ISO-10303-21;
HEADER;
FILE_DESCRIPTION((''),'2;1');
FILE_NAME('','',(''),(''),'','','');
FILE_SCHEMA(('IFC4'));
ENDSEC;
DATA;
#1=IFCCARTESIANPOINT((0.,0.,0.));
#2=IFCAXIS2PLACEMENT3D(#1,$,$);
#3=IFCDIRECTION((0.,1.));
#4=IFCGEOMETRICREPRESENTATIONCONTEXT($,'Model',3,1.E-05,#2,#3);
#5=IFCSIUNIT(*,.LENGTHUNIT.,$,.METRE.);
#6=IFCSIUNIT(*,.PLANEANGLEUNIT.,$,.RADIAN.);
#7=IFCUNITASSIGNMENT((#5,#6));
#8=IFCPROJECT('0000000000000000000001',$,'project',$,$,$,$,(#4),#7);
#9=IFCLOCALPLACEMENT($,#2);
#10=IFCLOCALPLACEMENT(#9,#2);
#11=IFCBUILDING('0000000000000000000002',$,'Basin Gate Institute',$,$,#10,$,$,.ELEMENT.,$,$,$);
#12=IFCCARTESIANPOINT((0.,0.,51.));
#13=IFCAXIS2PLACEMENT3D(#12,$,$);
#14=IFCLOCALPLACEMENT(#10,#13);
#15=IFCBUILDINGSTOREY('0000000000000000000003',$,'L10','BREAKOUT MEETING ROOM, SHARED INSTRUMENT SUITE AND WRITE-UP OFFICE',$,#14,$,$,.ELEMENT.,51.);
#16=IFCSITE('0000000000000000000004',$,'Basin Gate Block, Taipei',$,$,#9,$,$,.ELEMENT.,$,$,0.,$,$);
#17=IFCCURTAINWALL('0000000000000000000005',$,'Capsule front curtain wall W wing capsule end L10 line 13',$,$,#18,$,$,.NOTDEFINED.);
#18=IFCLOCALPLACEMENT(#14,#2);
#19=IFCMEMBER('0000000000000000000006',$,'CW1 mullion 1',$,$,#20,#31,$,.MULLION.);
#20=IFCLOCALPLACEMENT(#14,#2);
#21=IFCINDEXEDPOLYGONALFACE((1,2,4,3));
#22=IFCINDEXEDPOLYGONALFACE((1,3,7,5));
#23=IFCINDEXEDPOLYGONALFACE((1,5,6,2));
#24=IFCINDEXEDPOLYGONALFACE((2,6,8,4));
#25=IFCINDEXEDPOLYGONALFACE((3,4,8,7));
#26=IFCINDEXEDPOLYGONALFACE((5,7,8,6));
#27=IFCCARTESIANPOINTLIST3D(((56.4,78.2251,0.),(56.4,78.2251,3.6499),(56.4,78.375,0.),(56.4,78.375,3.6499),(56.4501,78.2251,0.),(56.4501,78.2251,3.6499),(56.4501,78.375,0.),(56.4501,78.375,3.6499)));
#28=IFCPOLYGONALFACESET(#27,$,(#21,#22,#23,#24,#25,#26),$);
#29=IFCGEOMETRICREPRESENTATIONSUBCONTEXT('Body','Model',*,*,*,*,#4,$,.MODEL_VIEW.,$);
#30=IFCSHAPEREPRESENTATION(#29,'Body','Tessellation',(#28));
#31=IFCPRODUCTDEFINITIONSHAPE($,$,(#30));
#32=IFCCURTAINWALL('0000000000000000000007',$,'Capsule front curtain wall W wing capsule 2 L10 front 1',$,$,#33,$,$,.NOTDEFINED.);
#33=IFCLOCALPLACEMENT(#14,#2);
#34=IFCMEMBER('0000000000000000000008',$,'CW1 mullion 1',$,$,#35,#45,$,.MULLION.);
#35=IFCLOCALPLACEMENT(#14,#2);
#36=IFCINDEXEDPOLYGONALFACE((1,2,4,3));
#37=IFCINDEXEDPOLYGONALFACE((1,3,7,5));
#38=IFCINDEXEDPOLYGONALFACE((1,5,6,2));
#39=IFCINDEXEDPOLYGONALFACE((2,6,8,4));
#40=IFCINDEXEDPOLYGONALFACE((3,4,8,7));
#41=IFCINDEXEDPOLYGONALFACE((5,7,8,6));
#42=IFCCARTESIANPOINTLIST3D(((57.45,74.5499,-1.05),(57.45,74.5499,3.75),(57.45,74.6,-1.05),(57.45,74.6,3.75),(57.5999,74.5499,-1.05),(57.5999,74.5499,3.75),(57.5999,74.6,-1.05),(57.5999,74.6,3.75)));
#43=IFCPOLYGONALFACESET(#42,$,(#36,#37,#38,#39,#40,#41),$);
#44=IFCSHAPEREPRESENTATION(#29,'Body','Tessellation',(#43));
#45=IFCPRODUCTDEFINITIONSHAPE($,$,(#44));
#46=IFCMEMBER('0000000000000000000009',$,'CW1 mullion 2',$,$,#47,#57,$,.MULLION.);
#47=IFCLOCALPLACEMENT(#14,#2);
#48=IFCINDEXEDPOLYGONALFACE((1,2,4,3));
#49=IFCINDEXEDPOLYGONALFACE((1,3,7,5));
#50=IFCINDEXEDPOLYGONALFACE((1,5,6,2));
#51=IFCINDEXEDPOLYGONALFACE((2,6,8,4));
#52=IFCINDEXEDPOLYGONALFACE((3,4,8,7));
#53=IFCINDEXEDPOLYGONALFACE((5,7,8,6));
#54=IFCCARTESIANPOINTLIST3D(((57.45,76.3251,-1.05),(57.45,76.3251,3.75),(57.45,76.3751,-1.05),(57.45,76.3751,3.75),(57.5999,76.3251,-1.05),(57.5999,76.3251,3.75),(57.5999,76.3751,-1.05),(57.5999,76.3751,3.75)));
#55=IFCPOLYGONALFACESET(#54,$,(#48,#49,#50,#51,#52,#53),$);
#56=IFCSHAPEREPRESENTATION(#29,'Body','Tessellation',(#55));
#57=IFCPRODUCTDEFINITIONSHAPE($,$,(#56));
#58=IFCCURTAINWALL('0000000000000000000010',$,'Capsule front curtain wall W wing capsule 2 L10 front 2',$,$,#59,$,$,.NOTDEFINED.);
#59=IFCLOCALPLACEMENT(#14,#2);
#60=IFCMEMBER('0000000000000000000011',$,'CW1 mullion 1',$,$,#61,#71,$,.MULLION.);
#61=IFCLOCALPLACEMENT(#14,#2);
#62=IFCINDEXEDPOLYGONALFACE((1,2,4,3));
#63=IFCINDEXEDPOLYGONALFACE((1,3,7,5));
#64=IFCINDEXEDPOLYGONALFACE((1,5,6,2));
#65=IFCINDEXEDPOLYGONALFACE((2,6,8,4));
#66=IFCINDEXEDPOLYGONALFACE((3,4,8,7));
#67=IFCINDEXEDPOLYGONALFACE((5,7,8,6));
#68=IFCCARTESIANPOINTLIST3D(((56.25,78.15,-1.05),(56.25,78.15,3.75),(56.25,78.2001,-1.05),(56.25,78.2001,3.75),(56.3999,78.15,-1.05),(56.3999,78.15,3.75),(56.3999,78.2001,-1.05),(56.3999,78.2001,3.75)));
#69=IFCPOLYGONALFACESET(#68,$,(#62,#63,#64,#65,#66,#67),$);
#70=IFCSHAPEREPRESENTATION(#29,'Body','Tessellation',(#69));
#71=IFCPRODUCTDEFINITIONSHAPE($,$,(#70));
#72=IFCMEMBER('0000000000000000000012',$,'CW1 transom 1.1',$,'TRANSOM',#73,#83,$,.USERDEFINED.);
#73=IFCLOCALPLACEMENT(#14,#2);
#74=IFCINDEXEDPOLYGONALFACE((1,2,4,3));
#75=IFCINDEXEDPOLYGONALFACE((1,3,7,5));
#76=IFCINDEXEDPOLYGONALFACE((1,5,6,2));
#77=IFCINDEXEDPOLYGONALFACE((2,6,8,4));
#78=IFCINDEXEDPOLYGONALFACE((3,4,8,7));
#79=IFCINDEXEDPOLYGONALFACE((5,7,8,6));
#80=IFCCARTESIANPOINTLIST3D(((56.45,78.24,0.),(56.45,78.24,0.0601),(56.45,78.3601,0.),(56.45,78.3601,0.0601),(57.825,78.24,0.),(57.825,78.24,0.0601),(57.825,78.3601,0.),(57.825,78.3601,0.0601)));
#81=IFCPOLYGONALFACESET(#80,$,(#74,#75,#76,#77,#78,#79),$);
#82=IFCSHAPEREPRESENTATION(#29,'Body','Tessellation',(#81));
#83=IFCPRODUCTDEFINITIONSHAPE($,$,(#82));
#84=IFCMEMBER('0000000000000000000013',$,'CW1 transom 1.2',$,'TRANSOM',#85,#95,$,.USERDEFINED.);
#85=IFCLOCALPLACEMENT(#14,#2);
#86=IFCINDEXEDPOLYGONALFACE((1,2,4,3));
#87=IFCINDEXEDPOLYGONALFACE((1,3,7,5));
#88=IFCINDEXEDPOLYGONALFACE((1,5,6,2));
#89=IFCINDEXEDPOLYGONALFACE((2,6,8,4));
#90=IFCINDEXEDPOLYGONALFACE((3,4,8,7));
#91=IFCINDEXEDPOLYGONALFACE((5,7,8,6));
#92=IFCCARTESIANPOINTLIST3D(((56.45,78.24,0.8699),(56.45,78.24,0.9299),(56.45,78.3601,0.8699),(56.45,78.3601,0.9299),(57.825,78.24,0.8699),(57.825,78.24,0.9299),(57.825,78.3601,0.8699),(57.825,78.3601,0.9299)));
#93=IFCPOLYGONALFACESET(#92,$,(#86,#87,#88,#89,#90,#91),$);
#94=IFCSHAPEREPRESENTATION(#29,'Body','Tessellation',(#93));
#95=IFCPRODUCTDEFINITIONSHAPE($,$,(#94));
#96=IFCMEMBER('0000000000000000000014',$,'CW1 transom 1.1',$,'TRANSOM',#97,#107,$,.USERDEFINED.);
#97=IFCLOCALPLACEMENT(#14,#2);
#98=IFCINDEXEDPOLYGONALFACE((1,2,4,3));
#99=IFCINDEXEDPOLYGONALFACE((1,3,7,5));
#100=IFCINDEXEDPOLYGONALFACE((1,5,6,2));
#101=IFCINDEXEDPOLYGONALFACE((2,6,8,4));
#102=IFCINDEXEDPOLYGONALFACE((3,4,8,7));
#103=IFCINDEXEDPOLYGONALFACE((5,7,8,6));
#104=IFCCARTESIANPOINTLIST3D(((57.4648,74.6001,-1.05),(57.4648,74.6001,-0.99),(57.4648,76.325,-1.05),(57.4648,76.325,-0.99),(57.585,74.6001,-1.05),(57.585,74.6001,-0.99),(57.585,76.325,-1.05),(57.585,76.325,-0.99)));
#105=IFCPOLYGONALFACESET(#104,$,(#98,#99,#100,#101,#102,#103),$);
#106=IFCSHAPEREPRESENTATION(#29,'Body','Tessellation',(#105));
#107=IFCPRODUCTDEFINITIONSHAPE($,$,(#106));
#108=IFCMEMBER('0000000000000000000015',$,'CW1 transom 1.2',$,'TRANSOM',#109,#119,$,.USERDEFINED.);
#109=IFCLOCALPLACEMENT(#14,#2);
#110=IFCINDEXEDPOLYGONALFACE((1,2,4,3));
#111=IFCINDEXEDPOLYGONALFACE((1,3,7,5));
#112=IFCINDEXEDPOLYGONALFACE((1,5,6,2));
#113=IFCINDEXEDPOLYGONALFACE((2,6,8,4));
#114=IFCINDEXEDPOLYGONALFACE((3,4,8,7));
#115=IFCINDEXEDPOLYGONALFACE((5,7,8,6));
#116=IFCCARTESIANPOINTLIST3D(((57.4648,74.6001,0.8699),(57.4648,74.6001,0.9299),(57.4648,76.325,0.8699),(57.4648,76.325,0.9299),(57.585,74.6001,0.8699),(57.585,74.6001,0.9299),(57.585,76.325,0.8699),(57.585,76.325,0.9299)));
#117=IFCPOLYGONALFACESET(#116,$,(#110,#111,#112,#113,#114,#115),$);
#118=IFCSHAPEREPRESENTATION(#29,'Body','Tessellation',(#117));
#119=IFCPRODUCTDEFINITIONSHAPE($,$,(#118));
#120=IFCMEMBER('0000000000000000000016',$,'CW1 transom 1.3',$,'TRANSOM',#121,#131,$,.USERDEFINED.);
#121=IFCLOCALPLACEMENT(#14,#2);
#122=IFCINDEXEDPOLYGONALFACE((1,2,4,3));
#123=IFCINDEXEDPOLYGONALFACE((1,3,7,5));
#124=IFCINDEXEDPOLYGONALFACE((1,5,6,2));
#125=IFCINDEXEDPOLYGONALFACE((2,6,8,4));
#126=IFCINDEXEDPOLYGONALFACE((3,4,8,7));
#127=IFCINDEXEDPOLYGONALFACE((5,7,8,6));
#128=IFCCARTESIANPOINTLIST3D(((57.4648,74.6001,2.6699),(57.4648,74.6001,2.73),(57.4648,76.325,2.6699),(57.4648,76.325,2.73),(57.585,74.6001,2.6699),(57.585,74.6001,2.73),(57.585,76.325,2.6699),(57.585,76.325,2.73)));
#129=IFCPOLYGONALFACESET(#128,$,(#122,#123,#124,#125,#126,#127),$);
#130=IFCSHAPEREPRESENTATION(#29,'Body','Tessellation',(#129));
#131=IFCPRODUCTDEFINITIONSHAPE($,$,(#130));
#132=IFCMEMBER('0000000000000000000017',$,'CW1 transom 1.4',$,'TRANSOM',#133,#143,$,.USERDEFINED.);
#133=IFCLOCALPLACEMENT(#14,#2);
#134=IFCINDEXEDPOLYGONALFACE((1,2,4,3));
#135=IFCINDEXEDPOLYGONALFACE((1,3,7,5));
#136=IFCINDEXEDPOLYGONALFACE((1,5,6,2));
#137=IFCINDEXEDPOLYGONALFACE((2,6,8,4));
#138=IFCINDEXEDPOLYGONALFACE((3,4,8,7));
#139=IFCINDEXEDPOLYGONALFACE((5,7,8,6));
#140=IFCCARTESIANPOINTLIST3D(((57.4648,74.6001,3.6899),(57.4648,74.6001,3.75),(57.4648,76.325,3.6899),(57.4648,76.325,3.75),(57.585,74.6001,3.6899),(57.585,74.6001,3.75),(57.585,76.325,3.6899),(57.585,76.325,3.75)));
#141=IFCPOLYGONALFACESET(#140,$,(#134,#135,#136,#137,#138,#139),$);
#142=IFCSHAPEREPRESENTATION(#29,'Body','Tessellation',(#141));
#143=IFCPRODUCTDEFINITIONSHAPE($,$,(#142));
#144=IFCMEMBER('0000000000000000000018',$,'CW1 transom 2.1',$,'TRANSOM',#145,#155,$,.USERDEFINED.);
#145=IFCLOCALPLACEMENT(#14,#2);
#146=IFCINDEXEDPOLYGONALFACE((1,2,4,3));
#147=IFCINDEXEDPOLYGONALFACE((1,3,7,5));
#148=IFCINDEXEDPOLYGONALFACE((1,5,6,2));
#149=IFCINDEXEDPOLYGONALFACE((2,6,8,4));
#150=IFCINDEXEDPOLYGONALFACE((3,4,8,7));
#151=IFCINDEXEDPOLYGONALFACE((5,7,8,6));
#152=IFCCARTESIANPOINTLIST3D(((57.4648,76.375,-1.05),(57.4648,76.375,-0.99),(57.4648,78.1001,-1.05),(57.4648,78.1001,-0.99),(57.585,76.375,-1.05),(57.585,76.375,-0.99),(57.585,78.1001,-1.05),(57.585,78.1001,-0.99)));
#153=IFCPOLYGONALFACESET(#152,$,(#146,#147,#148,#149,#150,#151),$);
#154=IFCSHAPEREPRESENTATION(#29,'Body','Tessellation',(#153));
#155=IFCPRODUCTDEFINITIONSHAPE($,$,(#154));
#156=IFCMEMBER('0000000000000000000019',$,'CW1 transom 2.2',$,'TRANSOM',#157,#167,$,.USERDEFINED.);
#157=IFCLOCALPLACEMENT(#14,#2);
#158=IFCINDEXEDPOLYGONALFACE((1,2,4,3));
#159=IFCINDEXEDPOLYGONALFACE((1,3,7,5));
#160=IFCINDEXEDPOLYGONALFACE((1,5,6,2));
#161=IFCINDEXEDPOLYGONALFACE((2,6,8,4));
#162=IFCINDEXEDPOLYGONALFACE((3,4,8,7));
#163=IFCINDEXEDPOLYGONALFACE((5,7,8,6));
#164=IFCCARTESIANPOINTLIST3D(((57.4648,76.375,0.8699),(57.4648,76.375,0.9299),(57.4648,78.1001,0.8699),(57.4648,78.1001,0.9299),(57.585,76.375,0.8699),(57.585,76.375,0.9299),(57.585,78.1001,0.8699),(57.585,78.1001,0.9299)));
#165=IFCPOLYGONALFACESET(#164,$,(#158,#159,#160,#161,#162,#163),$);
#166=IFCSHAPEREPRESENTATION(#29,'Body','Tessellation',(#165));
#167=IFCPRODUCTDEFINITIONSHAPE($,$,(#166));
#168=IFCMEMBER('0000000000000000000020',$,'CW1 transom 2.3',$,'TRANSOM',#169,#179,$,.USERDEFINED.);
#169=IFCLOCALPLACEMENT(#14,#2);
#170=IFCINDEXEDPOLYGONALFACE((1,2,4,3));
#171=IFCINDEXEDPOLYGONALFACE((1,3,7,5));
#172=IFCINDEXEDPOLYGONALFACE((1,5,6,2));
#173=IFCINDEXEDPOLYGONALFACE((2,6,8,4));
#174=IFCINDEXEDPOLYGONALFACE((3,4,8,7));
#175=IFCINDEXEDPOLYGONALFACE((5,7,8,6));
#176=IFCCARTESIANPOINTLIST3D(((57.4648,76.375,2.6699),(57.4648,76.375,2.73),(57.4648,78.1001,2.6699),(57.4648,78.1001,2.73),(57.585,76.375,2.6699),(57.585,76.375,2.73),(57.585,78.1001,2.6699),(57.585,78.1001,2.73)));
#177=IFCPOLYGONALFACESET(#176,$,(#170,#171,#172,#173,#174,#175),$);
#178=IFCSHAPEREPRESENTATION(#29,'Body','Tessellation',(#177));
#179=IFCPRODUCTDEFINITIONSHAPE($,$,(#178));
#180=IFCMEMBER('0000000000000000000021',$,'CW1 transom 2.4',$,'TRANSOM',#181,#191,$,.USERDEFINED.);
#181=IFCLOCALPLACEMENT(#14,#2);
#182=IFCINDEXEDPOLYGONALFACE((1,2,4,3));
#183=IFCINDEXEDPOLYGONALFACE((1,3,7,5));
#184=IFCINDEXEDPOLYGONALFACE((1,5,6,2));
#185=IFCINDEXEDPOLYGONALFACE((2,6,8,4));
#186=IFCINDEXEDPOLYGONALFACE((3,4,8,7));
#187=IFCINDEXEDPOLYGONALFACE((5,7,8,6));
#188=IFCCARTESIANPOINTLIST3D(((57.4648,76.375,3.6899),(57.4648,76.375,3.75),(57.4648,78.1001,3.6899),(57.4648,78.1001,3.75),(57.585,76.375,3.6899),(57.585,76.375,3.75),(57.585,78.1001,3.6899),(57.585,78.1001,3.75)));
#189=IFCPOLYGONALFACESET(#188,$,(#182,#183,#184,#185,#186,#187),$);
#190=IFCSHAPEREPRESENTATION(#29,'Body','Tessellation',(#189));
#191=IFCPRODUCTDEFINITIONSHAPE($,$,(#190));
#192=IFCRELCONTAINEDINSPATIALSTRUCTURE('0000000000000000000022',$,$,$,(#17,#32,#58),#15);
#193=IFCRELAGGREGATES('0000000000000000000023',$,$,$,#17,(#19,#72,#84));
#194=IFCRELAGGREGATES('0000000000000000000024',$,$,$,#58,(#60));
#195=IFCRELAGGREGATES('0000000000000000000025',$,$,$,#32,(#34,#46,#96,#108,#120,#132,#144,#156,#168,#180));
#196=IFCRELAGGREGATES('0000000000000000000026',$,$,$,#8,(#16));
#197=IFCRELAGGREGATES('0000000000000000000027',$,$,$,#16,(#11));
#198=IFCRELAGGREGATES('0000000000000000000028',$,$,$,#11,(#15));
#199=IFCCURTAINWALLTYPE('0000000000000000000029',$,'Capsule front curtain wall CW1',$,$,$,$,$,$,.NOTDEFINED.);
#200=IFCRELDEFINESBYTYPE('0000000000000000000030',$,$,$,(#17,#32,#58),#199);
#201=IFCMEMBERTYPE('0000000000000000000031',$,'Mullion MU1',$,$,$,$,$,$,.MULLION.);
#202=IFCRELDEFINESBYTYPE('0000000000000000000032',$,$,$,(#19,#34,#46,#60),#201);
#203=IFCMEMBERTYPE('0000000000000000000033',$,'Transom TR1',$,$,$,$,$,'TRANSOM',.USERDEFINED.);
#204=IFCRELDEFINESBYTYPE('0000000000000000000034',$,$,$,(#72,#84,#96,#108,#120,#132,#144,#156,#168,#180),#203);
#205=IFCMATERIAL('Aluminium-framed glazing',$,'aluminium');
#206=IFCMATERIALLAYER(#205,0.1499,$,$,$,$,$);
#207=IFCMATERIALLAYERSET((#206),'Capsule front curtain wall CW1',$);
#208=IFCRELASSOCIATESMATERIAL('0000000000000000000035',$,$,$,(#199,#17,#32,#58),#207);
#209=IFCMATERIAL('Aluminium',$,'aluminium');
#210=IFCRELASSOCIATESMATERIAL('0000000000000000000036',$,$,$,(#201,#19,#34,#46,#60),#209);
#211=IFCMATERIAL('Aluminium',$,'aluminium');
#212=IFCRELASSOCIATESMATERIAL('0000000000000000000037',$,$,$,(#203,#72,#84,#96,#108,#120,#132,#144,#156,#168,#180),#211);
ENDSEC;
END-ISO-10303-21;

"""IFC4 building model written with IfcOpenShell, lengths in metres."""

from ifc_helpers import new_model, si_unit, direction, frame, origin, origin_2d, place, context, subcontext, project, spatial, rectangle, extrude, material, layer, layer_set, material_profile, profile_set, type_object, element, aggregate, save


model = new_model("IFC4")

# Units and contexts
model_context = context("Model", 3, precision=1e-05, world=origin(), true_north=direction((0.0, 1.0)))
body_context = subcontext(model_context, "Body", "Model", "MODEL_VIEW")
ifc_project = project(units=[si_unit("LENGTHUNIT", "METRE"), si_unit("PLANEANGLEUNIT", "RADIAN")], contexts=[model_context])

# Site, building, storey
site_placement = place(None, origin())
site = spatial("IfcSite", under=ifc_project, at=site_placement, Name="Basin Gate Block, Taipei", CompositionType="ELEMENT", RefElevation=0.0)
building_placement = place(site_placement, origin())
building = spatial("IfcBuilding", under=site, at=building_placement, Name="Basin Gate Institute", CompositionType="ELEMENT")
storey_placement = place(building_placement, frame((0.0, 0.0, 51.0)))
storey = spatial("IfcBuildingStorey", under=building, at=storey_placement, Name="L10", Description="BREAKOUT MEETING ROOM, SHARED INSTRUMENT SUITE AND WRITE-UP OFFICE", CompositionType="ELEMENT", Elevation=51.0)

# Curtain wall, member
ifc_material_1 = material(Name="Aluminium-framed glazing", Category="aluminium")
ifc_layer_1 = layer(ifc_material_1, 0.1499)
ifc_layer_set_1 = layer_set([ifc_layer_1], Name="Capsule front curtain wall CW1")
curtain_wall_type = type_object("IfcCurtainWallType", Name="Capsule front curtain wall CW1", PredefinedType="NOTDEFINED", material=ifc_layer_set_1)
curtain_wall_1_placement = place(storey_placement, origin())
curtain_wall_1 = element("IfcCurtainWall", 1, at=curtain_wall_1_placement, inside=storey, type_object=curtain_wall_type, material=ifc_layer_set_1, Name="Capsule front curtain wall W wing capsule end L10 line 13", PredefinedType="NOTDEFINED")
ifc_material_2 = material(Name="Aluminium", Category="aluminium")
ifc_material_profile_1 = material_profile(ifc_material_2, rectangle(XDim=0.1499, YDim=0.05, at=origin_2d()), Name="Mullion MU1 150 x 50")
ifc_profile_set_1 = profile_set([ifc_material_profile_1], Name="Aluminium")
member_type_1 = type_object("IfcMemberType", Name="Mullion MU1", PredefinedType="MULLION", material=ifc_profile_set_1)
member_1_placement = place(storey_placement, frame((56.425, 78.3, 0.0), z_axis=(0.0, 0.0, 1.0), x_axis=(0.0, 1.0, 0.0)))
member_1 = element("IfcMember", 2, at=member_1_placement, type_object=member_type_1, material=ifc_profile_set_1, Name="CW1 mullion 1", PredefinedType="MULLION", context=body_context, shape_type="SweptSolid", body=[
    extrude(rectangle(XDim=0.1499, YDim=0.05, at=origin_2d()), origin(), (0.0, 0.0, 1.0), 3.6499),
])

# Curtain wall, members
curtain_wall_2_placement = place(storey_placement, origin())
curtain_wall_2 = element("IfcCurtainWall", 3, at=curtain_wall_2_placement, inside=storey, type_object=curtain_wall_type, material=ifc_layer_set_1, Name="Capsule front curtain wall W wing capsule 2 L10 front 1", PredefinedType="NOTDEFINED")
member_2_placement = place(storey_placement, frame((57.5249, 74.575, -1.05), z_axis=(0.0, 0.0, 1.0), x_axis=(-1.0, 0.0, 0.0)))
member_2 = element("IfcMember", 4, at=member_2_placement, type_object=member_type_1, material=ifc_profile_set_1, Name="CW1 mullion 1", PredefinedType="MULLION", context=body_context, shape_type="SweptSolid", body=[
    extrude(rectangle(XDim=0.1499, YDim=0.05, at=origin_2d()), origin(), (0.0, 0.0, 1.0), 4.8),
])
member_3_placement = place(storey_placement, frame((57.5249, 76.3501, -1.05), z_axis=(0.0, 0.0, 1.0), x_axis=(-1.0, 0.0, 0.0)))
member_3 = element("IfcMember", 5, at=member_3_placement, type_object=member_type_1, material=ifc_profile_set_1, Name="CW1 mullion 2", PredefinedType="MULLION", context=body_context, shape_type="SweptSolid", body=[
    extrude(rectangle(XDim=0.1499, YDim=0.05, at=origin_2d()), origin(), (0.0, 0.0, 1.0), 4.8),
])

# Curtain wall, member
curtain_wall_3_placement = place(storey_placement, origin())
curtain_wall_3 = element("IfcCurtainWall", 6, at=curtain_wall_3_placement, inside=storey, type_object=curtain_wall_type, material=ifc_layer_set_1, Name="Capsule front curtain wall W wing capsule 2 L10 front 2", PredefinedType="NOTDEFINED")
member_4_placement = place(storey_placement, frame((56.325, 78.175, -1.05), z_axis=(0.0, 0.0, 1.0), x_axis=(-1.0, 0.0, 0.0)))
member_4 = element("IfcMember", 7, at=member_4_placement, type_object=member_type_1, material=ifc_profile_set_1, Name="CW1 mullion 1", PredefinedType="MULLION", context=body_context, shape_type="SweptSolid", body=[
    extrude(rectangle(XDim=0.1499, YDim=0.05, at=origin_2d()), origin(), (0.0, 0.0, 1.0), 4.8),
])

# Members
ifc_material_3 = material(Name="Aluminium", Category="aluminium")
ifc_material_profile_2 = material_profile(ifc_material_3, rectangle(XDim=0.1201, YDim=0.0601, at=origin_2d()), Name="Transom TR1 120 x 60")
ifc_profile_set_2 = profile_set([ifc_material_profile_2], Name="Aluminium")
member_type_2 = type_object("IfcMemberType", Name="Transom TR1", ElementType="TRANSOM", PredefinedType="USERDEFINED", material=ifc_profile_set_2)
member_5_placement = place(storey_placement, frame((56.45, 78.3, 0.03), z_axis=(1.0, 0.0, 0.0), x_axis=(0.0, 1.0, 0.0)))
member_5 = element("IfcMember", 8, at=member_5_placement, type_object=member_type_2, material=ifc_profile_set_2, Name="CW1 transom 1.1", ObjectType="TRANSOM", PredefinedType="USERDEFINED", context=body_context, shape_type="SweptSolid", body=[
    extrude(rectangle(XDim=0.1201, YDim=0.0601, at=origin_2d()), origin(), (0.0, 0.0, 1.0), 1.375),
])
member_6_placement = place(storey_placement, frame((56.45, 78.3, 0.8999), z_axis=(1.0, 0.0, 0.0), x_axis=(0.0, 1.0, 0.0)))
member_6 = element("IfcMember", 9, at=member_6_placement, type_object=member_type_2, material=ifc_profile_set_2, Name="CW1 transom 1.2", ObjectType="TRANSOM", PredefinedType="USERDEFINED", context=body_context, shape_type="SweptSolid", body=[
    extrude(rectangle(XDim=0.1201, YDim=0.0601, at=origin_2d()), origin(), (0.0, 0.0, 1.0), 1.375),
])
aggregate(curtain_wall_1, [member_1, member_5, member_6])
member_7_placement = place(storey_placement, frame((57.5249, 74.6001, -1.02), z_axis=(0.0, 1.0, 0.0), x_axis=(-1.0, 0.0, 0.0)))
member_7 = element("IfcMember", 10, at=member_7_placement, type_object=member_type_2, material=ifc_profile_set_2, Name="CW1 transom 1.1", ObjectType="TRANSOM", PredefinedType="USERDEFINED", context=body_context, shape_type="SweptSolid", body=[
    extrude(rectangle(XDim=0.1201, YDim=0.0601, at=origin_2d()), origin(), (0.0, 0.0, 1.0), 1.7249),
])
member_8_placement = place(storey_placement, frame((57.5249, 74.6001, 0.8999), z_axis=(0.0, 1.0, 0.0), x_axis=(-1.0, 0.0, 0.0)))
member_8 = element("IfcMember", 11, at=member_8_placement, type_object=member_type_2, material=ifc_profile_set_2, Name="CW1 transom 1.2", ObjectType="TRANSOM", PredefinedType="USERDEFINED", context=body_context, shape_type="SweptSolid", body=[
    extrude(rectangle(XDim=0.1201, YDim=0.0601, at=origin_2d()), origin(), (0.0, 0.0, 1.0), 1.7249),
])
member_9_placement = place(storey_placement, frame((57.5249, 74.6001, 2.7), z_axis=(0.0, 1.0, 0.0), x_axis=(-1.0, 0.0, 0.0)))
member_9 = element("IfcMember", 12, at=member_9_placement, type_object=member_type_2, material=ifc_profile_set_2, Name="CW1 transom 1.3", ObjectType="TRANSOM", PredefinedType="USERDEFINED", context=body_context, shape_type="SweptSolid", body=[
    extrude(rectangle(XDim=0.1201, YDim=0.0601, at=origin_2d()), origin(), (0.0, 0.0, 1.0), 1.7249),
])
member_10_placement = place(storey_placement, frame((57.5249, 74.6001, 3.72), z_axis=(0.0, 1.0, 0.0), x_axis=(-1.0, 0.0, 0.0)))
member_10 = element("IfcMember", 13, at=member_10_placement, type_object=member_type_2, material=ifc_profile_set_2, Name="CW1 transom 1.4", ObjectType="TRANSOM", PredefinedType="USERDEFINED", context=body_context, shape_type="SweptSolid", body=[
    extrude(rectangle(XDim=0.1201, YDim=0.0601, at=origin_2d()), origin(), (0.0, 0.0, 1.0), 1.7249),
])
member_11_placement = place(storey_placement, frame((57.5249, 76.375, -1.02), z_axis=(0.0, 1.0, 0.0), x_axis=(-1.0, 0.0, 0.0)))
member_11 = element("IfcMember", 14, at=member_11_placement, type_object=member_type_2, material=ifc_profile_set_2, Name="CW1 transom 2.1", ObjectType="TRANSOM", PredefinedType="USERDEFINED", context=body_context, shape_type="SweptSolid", body=[
    extrude(rectangle(XDim=0.1201, YDim=0.0601, at=origin_2d()), origin(), (0.0, 0.0, 1.0), 1.7251),
])
member_12_placement = place(storey_placement, frame((57.5249, 76.375, 0.8999), z_axis=(0.0, 1.0, 0.0), x_axis=(-1.0, 0.0, 0.0)))
member_12 = element("IfcMember", 15, at=member_12_placement, type_object=member_type_2, material=ifc_profile_set_2, Name="CW1 transom 2.2", ObjectType="TRANSOM", PredefinedType="USERDEFINED", context=body_context, shape_type="SweptSolid", body=[
    extrude(rectangle(XDim=0.1201, YDim=0.0601, at=origin_2d()), origin(), (0.0, 0.0, 1.0), 1.7251),
])
member_13_placement = place(storey_placement, frame((57.5249, 76.375, 2.7), z_axis=(0.0, 1.0, 0.0), x_axis=(-1.0, 0.0, 0.0)))
member_13 = element("IfcMember", 16, at=member_13_placement, type_object=member_type_2, material=ifc_profile_set_2, Name="CW1 transom 2.3", ObjectType="TRANSOM", PredefinedType="USERDEFINED", context=body_context, shape_type="SweptSolid", body=[
    extrude(rectangle(XDim=0.1201, YDim=0.0601, at=origin_2d()), origin(), (0.0, 0.0, 1.0), 1.7251),
])
member_14_placement = place(storey_placement, frame((57.5249, 76.375, 3.72), z_axis=(0.0, 1.0, 0.0), x_axis=(-1.0, 0.0, 0.0)))
member_14 = element("IfcMember", 17, at=member_14_placement, type_object=member_type_2, material=ifc_profile_set_2, Name="CW1 transom 2.4", ObjectType="TRANSOM", PredefinedType="USERDEFINED", context=body_context, shape_type="SweptSolid", body=[
    extrude(rectangle(XDim=0.1201, YDim=0.0601, at=origin_2d()), origin(), (0.0, 0.0, 1.0), 1.7251),
])
aggregate(curtain_wall_3, [member_4])

aggregate(curtain_wall_2, [member_2, member_3, member_7, member_8, member_9, member_10, member_11, member_12, member_13, member_14])

save(model, "model.ifc")
